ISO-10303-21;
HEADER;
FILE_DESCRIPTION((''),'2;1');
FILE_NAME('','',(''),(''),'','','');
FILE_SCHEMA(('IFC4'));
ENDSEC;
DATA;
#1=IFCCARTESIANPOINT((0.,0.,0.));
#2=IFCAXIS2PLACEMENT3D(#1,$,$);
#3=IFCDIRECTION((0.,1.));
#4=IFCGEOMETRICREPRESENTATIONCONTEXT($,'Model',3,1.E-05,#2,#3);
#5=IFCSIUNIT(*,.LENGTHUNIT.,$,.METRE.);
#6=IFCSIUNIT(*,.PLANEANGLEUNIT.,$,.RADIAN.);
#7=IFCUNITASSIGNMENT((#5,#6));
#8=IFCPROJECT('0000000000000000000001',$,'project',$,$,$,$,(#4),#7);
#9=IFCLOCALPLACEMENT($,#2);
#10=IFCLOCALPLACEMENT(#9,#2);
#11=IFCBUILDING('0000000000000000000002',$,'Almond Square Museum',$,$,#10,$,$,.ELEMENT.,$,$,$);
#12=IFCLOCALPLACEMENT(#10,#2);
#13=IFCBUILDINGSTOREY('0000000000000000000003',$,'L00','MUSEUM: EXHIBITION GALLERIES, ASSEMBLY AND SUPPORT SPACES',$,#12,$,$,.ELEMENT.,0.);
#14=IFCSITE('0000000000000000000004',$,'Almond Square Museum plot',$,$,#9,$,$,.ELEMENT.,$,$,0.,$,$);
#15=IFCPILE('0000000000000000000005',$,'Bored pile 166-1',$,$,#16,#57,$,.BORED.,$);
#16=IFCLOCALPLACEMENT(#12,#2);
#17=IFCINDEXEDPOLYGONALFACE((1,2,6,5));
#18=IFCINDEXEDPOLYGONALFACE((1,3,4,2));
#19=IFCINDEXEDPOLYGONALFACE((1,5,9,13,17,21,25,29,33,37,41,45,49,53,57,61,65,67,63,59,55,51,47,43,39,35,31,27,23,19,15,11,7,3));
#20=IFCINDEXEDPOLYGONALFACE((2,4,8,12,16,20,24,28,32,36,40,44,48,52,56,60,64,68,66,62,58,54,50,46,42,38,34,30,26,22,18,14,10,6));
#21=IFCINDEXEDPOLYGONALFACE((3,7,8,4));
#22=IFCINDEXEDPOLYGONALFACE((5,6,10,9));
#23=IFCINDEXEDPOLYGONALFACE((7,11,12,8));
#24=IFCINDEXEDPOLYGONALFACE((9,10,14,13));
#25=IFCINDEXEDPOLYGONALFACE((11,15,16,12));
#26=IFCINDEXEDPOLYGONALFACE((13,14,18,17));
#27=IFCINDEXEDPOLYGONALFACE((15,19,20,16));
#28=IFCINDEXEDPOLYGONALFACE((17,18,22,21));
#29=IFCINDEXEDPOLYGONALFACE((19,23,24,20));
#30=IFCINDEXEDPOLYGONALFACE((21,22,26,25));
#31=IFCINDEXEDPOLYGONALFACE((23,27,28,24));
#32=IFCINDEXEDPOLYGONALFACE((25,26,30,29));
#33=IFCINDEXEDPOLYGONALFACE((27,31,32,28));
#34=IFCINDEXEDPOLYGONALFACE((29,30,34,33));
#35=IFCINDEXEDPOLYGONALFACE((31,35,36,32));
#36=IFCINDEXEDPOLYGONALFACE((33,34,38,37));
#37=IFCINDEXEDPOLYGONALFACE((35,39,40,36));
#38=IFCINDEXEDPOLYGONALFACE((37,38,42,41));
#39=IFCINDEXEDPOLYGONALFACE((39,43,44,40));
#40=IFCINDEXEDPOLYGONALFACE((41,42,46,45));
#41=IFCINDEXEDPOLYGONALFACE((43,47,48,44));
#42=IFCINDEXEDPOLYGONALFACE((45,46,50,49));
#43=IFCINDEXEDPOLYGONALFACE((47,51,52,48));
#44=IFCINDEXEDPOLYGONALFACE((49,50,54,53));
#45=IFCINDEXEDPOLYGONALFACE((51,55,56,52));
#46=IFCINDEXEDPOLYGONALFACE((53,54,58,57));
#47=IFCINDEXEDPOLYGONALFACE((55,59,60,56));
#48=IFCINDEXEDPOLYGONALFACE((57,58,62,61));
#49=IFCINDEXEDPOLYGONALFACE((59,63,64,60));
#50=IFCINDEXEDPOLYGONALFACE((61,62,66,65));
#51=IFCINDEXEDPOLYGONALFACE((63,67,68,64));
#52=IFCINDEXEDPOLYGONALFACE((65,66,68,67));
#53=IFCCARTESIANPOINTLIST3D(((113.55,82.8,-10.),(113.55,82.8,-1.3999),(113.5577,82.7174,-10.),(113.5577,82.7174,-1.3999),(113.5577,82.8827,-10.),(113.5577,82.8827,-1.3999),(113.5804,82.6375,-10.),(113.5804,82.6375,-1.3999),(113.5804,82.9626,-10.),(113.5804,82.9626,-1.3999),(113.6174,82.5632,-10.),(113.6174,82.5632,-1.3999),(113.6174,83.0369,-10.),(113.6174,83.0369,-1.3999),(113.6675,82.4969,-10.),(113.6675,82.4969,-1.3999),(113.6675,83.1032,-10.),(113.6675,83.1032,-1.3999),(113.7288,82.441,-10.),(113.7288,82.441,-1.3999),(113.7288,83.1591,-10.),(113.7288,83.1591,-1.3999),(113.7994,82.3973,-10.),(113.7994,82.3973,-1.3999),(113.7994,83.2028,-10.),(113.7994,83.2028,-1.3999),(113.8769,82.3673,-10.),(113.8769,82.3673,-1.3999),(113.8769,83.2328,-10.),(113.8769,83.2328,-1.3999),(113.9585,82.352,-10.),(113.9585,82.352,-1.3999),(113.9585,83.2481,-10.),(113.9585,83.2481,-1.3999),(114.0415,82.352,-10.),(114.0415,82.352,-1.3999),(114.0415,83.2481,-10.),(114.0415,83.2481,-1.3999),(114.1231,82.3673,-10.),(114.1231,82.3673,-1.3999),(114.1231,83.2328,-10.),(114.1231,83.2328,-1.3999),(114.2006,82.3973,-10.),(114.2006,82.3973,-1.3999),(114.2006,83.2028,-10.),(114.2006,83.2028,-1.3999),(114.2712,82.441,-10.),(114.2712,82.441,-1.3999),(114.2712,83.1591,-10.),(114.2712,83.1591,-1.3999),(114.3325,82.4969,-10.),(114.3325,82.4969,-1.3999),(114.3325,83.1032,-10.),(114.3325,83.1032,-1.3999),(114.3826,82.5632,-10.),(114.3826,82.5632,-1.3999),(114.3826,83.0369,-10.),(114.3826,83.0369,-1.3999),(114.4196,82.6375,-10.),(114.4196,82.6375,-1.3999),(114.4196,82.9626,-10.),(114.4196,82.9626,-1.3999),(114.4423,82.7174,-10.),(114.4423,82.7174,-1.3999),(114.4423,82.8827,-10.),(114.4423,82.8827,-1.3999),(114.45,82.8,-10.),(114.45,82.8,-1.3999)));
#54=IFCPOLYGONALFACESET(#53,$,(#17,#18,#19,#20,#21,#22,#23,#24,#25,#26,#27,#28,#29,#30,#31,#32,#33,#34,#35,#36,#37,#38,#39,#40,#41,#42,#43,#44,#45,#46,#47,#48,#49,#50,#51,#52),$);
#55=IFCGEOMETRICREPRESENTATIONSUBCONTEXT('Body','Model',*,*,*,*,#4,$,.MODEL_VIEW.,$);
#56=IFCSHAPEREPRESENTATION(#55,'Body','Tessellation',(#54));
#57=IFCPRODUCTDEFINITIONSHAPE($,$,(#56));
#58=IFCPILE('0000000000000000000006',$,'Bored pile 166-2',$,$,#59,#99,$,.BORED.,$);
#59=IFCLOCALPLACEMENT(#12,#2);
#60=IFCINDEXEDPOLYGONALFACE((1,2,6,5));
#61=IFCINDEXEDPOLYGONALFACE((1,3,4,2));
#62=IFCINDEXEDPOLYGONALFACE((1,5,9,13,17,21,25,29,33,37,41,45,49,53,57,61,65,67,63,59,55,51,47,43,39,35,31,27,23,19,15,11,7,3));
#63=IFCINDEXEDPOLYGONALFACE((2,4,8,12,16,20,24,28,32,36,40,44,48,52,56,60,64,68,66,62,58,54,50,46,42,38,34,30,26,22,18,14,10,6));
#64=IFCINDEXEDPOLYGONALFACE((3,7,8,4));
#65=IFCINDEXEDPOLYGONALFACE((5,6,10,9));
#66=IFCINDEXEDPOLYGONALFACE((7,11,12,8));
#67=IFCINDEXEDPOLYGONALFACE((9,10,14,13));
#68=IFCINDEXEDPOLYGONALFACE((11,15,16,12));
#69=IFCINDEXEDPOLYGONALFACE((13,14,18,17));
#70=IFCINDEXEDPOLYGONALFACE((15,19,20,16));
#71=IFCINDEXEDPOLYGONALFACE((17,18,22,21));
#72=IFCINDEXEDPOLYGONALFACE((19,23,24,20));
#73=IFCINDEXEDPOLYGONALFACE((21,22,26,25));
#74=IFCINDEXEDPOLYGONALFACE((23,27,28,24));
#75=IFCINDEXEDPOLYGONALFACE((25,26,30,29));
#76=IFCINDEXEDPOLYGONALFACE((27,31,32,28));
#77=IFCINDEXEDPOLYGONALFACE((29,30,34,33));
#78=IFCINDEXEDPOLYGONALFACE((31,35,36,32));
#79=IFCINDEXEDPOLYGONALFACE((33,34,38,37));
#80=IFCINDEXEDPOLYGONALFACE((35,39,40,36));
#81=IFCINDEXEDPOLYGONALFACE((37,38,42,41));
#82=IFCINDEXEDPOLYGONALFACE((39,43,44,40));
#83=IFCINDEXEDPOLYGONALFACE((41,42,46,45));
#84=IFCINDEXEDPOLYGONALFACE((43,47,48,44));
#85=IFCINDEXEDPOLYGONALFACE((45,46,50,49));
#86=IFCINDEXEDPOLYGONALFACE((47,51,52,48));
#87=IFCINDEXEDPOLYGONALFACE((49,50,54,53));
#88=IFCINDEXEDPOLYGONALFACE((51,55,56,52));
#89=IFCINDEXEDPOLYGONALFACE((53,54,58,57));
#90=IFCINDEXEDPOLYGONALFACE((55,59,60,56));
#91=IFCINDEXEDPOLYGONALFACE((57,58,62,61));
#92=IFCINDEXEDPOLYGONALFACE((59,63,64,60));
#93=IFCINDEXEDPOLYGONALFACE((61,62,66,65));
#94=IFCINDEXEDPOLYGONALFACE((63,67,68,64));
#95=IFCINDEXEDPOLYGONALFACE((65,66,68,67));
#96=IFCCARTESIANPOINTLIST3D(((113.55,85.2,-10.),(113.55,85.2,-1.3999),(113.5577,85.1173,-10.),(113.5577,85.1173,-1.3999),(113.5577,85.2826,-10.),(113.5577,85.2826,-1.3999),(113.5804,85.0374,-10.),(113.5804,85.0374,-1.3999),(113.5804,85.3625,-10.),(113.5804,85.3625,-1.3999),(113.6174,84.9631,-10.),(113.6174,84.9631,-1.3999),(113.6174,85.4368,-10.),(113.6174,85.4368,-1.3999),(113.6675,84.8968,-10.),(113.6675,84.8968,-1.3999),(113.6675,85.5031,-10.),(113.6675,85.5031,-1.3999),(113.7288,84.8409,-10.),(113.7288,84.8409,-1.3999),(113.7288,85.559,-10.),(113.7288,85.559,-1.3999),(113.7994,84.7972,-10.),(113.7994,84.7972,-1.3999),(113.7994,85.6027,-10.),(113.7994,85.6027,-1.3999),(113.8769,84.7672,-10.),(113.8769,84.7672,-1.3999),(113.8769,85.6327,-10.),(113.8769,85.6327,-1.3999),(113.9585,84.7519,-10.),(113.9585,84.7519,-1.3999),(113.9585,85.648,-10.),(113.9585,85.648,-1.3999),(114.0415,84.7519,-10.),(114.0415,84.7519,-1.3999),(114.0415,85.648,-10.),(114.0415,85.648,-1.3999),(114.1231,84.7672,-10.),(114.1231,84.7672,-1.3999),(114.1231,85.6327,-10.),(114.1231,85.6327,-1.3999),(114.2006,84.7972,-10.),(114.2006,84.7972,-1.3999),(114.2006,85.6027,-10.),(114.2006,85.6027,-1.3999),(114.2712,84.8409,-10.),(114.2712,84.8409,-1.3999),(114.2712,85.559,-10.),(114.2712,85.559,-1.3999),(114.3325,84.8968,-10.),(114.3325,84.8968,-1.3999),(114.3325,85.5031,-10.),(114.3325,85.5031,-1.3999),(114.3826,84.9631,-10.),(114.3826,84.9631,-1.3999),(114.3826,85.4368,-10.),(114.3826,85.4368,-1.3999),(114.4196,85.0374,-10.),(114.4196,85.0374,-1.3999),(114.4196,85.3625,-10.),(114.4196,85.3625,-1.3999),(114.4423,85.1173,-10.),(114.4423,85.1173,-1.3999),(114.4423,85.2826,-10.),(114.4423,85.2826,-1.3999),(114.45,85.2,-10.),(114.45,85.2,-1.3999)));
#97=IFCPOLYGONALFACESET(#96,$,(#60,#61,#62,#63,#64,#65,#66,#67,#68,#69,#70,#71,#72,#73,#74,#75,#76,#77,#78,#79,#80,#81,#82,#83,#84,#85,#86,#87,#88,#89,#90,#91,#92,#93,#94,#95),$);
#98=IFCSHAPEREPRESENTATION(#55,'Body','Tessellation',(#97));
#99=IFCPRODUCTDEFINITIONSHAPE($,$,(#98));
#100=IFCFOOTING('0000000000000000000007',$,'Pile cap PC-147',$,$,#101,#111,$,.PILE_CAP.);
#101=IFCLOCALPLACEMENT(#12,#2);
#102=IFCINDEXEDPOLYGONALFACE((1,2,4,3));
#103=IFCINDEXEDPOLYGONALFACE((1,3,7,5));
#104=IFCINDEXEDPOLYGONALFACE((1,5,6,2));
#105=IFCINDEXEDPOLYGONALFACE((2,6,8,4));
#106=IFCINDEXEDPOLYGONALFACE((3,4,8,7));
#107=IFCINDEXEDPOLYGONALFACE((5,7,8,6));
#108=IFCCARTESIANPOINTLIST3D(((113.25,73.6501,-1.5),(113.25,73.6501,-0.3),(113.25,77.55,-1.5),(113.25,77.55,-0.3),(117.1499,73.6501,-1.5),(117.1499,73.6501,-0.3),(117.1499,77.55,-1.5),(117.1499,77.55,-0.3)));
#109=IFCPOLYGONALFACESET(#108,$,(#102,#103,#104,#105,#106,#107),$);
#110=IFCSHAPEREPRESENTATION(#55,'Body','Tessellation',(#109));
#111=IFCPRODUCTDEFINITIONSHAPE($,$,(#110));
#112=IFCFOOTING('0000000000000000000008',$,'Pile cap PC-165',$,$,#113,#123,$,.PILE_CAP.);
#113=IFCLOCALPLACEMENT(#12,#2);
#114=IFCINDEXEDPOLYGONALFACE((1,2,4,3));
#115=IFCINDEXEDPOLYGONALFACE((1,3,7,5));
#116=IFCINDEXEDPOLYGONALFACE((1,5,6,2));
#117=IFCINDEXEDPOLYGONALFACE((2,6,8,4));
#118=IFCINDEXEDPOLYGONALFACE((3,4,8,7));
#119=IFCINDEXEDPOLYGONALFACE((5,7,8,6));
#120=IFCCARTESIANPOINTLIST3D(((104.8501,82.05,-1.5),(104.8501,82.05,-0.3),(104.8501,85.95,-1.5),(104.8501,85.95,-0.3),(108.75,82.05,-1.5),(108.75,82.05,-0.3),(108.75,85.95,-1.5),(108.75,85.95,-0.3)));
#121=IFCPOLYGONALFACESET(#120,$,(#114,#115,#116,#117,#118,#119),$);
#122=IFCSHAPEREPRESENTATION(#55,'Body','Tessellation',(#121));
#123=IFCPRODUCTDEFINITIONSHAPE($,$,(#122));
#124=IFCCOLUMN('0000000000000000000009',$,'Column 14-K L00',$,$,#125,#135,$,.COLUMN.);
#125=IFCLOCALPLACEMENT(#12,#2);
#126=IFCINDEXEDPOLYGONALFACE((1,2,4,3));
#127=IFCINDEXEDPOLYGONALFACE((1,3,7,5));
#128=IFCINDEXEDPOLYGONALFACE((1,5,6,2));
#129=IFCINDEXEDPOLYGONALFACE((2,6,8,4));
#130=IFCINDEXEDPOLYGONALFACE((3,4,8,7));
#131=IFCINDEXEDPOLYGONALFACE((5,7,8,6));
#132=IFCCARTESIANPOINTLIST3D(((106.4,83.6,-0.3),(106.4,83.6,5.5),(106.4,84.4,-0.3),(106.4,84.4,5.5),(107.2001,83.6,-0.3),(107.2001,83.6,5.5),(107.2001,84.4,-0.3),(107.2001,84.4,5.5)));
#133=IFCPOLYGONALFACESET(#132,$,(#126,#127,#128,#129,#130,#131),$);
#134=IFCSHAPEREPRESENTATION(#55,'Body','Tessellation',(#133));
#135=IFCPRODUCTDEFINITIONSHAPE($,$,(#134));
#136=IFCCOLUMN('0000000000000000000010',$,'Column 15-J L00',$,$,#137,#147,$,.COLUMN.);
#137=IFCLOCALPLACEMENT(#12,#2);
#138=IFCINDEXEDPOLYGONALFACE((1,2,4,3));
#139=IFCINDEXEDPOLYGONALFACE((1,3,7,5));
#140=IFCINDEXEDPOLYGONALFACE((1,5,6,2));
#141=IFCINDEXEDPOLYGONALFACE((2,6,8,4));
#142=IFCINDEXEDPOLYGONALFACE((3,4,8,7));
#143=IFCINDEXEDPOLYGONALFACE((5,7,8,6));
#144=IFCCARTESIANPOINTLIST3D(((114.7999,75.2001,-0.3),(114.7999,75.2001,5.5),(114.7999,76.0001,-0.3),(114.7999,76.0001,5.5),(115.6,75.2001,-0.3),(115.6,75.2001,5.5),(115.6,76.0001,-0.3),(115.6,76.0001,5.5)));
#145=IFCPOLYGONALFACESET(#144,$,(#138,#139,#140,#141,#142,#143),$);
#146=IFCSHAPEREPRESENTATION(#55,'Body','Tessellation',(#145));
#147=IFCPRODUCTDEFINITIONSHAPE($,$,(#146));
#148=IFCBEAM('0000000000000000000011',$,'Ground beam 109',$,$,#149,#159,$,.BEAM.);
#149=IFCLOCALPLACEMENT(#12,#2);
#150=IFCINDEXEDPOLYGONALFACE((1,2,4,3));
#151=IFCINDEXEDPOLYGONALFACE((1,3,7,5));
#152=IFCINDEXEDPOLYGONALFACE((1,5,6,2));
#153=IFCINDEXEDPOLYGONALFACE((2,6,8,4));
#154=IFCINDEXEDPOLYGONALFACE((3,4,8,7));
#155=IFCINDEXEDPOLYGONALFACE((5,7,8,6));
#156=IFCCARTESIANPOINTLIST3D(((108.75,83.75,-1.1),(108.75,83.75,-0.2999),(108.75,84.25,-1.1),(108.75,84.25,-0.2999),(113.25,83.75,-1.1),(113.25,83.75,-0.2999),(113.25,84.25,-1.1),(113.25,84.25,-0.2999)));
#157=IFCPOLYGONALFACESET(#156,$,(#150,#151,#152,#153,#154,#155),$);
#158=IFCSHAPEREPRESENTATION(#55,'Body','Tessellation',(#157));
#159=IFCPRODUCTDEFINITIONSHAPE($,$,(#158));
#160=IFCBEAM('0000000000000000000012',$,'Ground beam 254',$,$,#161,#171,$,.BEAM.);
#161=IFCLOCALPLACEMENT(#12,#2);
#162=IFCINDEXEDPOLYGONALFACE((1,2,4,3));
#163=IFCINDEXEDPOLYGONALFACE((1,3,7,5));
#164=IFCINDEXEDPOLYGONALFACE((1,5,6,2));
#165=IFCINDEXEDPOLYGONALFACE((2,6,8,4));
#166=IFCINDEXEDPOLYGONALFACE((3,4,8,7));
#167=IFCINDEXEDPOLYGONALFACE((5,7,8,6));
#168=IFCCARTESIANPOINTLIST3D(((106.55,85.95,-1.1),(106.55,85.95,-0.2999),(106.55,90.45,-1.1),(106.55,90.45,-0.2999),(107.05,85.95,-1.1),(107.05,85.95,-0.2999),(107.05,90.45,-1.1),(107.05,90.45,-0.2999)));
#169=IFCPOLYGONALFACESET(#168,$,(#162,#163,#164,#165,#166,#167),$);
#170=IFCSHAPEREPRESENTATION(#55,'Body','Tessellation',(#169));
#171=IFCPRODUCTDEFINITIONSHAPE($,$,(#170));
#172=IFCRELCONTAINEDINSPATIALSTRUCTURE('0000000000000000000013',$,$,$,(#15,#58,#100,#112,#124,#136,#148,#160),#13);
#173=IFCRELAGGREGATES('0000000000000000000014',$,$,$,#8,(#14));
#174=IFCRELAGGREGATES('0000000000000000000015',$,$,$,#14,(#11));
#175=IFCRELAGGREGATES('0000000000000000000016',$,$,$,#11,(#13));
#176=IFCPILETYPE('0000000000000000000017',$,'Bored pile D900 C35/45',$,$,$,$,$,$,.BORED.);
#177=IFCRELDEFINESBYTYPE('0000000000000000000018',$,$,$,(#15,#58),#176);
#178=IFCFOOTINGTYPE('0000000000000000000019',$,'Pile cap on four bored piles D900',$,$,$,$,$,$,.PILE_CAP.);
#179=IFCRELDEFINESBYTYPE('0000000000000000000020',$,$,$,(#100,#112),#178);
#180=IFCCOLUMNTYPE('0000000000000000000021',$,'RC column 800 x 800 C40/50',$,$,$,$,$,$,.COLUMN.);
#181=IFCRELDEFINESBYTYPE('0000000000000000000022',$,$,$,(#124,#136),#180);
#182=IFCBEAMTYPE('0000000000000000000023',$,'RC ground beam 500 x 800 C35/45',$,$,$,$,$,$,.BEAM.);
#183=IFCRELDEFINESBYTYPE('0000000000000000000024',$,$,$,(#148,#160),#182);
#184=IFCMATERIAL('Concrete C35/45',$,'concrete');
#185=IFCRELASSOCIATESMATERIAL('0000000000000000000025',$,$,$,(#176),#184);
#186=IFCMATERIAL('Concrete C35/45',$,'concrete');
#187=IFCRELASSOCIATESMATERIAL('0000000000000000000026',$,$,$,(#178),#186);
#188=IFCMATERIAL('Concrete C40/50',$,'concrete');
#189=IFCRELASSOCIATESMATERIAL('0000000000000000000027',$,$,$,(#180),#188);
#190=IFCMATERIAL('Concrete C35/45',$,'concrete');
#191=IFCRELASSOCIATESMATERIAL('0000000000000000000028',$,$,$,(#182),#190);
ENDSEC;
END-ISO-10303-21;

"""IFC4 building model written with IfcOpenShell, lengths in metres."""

from ifc_helpers import new_model, si_unit, direction, frame, origin, origin_2d, place, context, subcontext, project, spatial, rectangle, circle, extrude, material, material_profile, profile_set, type_object, element, save


model = new_model("IFC4")

# Units and contexts
model_context = context("Model", 3, precision=1e-05, world=origin(), true_north=direction((0.0, 1.0)))
body_context = subcontext(model_context, "Body", "Model", "MODEL_VIEW")
ifc_project = project(units=[si_unit("LENGTHUNIT", "METRE"), si_unit("PLANEANGLEUNIT", "RADIAN")], contexts=[model_context])

# Site, building, storey
site_placement = place(None, origin())
site = spatial("IfcSite", under=ifc_project, at=site_placement, Name="Almond Square Museum plot", CompositionType="ELEMENT", RefElevation=0.0)
building_placement = place(site_placement, origin())
building = spatial("IfcBuilding", under=site, at=building_placement, Name="Almond Square Museum", CompositionType="ELEMENT")
storey_placement = place(building_placement, origin())
storey = spatial("IfcBuildingStorey", under=building, at=storey_placement, Name="L00", Description="MUSEUM: EXHIBITION GALLERIES, ASSEMBLY AND SUPPORT SPACES", CompositionType="ELEMENT", Elevation=0.0)

# Piles
ifc_material_1 = material(Name="Concrete C35/45", Category="concrete")
ifc_material_profile_1 = material_profile(ifc_material_1, circle(Radius=0.45, at=origin_2d()))
ifc_profile_set_1 = profile_set([ifc_material_profile_1], Name="Concrete C35/45")
pile_type = type_object("IfcPileType", Name="Bored pile D900 C35/45", PredefinedType="BORED", material=ifc_profile_set_1)
for number, where, z_axis, x_axis, name in (
    (1, (114.0, 82.8, -1.3999), (0.0, 0.0, -1.0), (1.0, 0.0, 0.0), "Bored pile 166-1"),
    (2, (114.0, 85.2, -1.3999), (0.0, 0.0, -1.0), (1.0, 0.0, 0.0), "Bored pile 166-2"),
):
    element("IfcPile", number, at=place(storey_placement, frame(where, z_axis=z_axis, x_axis=x_axis)), inside=storey, type_object=pile_type, Name=name, PredefinedType="BORED", context=body_context, shape_type="SweptSolid", body=[
        extrude(circle(Radius=0.45, at=origin_2d()), origin(), (0.0, 0.0, 1.0), 8.6001),
    ])

# Footings
ifc_material_2 = material(Name="Concrete C35/45", Category="concrete")
footing_type = type_object("IfcFootingType", Name="Pile cap on four bored piles D900", PredefinedType="PILE_CAP", material=ifc_material_2)
for number, where, z_axis, x_axis, name in (
    (3, (115.2, 75.6001, -1.5), (0.0, 0.0, 1.0), (1.0, 0.0, 0.0), "Pile cap PC-147"),
    (4, (106.8, 84.0, -1.5), (0.0, 0.0, 1.0), (1.0, 0.0, 0.0), "Pile cap PC-165"),
):
    element("IfcFooting", number, at=place(storey_placement, frame(where, z_axis=z_axis, x_axis=x_axis)), inside=storey, type_object=footing_type, Name=name, PredefinedType="PILE_CAP", context=body_context, shape_type="SweptSolid", body=[
        extrude(rectangle(XDim=3.8999, YDim=3.8999, at=origin_2d()), origin(), (0.0, 0.0, 1.0), 1.2),
    ])

# Columns
ifc_material_3 = material(Name="Concrete C40/50", Category="concrete")
ifc_material_profile_2 = material_profile(ifc_material_3, rectangle(XDim=0.8, YDim=0.8, at=origin_2d()))
ifc_profile_set_2 = profile_set([ifc_material_profile_2], Name="Concrete C40/50")
column_type = type_object("IfcColumnType", Name="RC column 800 x 800 C40/50", PredefinedType="COLUMN", material=ifc_profile_set_2)
for number, where, z_axis, x_axis, name in (
    (5, (106.8, 84.0, -0.3), (0.0, 0.0, 1.0), (1.0, 0.0, 0.0), "Column 14-K L00"),
    (6, (115.2, 75.6001, -0.3), (0.0, 0.0, 1.0), (1.0, 0.0, 0.0), "Column 15-J L00"),
):
    element("IfcColumn", number, at=place(storey_placement, frame(where, z_axis=z_axis, x_axis=x_axis)), inside=storey, type_object=column_type, Name=name, PredefinedType="COLUMN", context=body_context, shape_type="SweptSolid", body=[
        extrude(rectangle(XDim=0.8, YDim=0.8, at=origin_2d()), origin(), (0.0, 0.0, 1.0), 5.8),
    ])

# Beams
ifc_material_4 = material(Name="Concrete C35/45", Category="concrete")
ifc_material_profile_3 = material_profile(ifc_material_4, rectangle(XDim=0.5, YDim=0.8, at=origin_2d()))
ifc_profile_set_3 = profile_set([ifc_material_profile_3], Name="Concrete C35/45")
beam_type = type_object("IfcBeamType", Name="RC ground beam 500 x 800 C35/45", PredefinedType="BEAM", material=ifc_profile_set_3)
for number, where, z_axis, x_axis, name in (
    (7, (108.75, 84.0, -0.7), (1.0, 0.0, 0.0), (0.0, 1.0, 0.0), "Ground beam 109"),
    (8, (106.8, 85.95, -0.7), (0.0, 1.0, 0.0), (-1.0, 0.0, 0.0), "Ground beam 254"),
):
    element("IfcBeam", number, at=place(storey_placement, frame(where, z_axis=z_axis, x_axis=x_axis)), inside=storey, type_object=beam_type, Name=name, PredefinedType="BEAM", context=body_context, shape_type="SweptSolid", body=[
        extrude(rectangle(XDim=0.5, YDim=0.8, at=origin_2d()), origin(), (0.0, 0.0, 1.0), 4.5),
    ])

save(model, "model.ifc")
